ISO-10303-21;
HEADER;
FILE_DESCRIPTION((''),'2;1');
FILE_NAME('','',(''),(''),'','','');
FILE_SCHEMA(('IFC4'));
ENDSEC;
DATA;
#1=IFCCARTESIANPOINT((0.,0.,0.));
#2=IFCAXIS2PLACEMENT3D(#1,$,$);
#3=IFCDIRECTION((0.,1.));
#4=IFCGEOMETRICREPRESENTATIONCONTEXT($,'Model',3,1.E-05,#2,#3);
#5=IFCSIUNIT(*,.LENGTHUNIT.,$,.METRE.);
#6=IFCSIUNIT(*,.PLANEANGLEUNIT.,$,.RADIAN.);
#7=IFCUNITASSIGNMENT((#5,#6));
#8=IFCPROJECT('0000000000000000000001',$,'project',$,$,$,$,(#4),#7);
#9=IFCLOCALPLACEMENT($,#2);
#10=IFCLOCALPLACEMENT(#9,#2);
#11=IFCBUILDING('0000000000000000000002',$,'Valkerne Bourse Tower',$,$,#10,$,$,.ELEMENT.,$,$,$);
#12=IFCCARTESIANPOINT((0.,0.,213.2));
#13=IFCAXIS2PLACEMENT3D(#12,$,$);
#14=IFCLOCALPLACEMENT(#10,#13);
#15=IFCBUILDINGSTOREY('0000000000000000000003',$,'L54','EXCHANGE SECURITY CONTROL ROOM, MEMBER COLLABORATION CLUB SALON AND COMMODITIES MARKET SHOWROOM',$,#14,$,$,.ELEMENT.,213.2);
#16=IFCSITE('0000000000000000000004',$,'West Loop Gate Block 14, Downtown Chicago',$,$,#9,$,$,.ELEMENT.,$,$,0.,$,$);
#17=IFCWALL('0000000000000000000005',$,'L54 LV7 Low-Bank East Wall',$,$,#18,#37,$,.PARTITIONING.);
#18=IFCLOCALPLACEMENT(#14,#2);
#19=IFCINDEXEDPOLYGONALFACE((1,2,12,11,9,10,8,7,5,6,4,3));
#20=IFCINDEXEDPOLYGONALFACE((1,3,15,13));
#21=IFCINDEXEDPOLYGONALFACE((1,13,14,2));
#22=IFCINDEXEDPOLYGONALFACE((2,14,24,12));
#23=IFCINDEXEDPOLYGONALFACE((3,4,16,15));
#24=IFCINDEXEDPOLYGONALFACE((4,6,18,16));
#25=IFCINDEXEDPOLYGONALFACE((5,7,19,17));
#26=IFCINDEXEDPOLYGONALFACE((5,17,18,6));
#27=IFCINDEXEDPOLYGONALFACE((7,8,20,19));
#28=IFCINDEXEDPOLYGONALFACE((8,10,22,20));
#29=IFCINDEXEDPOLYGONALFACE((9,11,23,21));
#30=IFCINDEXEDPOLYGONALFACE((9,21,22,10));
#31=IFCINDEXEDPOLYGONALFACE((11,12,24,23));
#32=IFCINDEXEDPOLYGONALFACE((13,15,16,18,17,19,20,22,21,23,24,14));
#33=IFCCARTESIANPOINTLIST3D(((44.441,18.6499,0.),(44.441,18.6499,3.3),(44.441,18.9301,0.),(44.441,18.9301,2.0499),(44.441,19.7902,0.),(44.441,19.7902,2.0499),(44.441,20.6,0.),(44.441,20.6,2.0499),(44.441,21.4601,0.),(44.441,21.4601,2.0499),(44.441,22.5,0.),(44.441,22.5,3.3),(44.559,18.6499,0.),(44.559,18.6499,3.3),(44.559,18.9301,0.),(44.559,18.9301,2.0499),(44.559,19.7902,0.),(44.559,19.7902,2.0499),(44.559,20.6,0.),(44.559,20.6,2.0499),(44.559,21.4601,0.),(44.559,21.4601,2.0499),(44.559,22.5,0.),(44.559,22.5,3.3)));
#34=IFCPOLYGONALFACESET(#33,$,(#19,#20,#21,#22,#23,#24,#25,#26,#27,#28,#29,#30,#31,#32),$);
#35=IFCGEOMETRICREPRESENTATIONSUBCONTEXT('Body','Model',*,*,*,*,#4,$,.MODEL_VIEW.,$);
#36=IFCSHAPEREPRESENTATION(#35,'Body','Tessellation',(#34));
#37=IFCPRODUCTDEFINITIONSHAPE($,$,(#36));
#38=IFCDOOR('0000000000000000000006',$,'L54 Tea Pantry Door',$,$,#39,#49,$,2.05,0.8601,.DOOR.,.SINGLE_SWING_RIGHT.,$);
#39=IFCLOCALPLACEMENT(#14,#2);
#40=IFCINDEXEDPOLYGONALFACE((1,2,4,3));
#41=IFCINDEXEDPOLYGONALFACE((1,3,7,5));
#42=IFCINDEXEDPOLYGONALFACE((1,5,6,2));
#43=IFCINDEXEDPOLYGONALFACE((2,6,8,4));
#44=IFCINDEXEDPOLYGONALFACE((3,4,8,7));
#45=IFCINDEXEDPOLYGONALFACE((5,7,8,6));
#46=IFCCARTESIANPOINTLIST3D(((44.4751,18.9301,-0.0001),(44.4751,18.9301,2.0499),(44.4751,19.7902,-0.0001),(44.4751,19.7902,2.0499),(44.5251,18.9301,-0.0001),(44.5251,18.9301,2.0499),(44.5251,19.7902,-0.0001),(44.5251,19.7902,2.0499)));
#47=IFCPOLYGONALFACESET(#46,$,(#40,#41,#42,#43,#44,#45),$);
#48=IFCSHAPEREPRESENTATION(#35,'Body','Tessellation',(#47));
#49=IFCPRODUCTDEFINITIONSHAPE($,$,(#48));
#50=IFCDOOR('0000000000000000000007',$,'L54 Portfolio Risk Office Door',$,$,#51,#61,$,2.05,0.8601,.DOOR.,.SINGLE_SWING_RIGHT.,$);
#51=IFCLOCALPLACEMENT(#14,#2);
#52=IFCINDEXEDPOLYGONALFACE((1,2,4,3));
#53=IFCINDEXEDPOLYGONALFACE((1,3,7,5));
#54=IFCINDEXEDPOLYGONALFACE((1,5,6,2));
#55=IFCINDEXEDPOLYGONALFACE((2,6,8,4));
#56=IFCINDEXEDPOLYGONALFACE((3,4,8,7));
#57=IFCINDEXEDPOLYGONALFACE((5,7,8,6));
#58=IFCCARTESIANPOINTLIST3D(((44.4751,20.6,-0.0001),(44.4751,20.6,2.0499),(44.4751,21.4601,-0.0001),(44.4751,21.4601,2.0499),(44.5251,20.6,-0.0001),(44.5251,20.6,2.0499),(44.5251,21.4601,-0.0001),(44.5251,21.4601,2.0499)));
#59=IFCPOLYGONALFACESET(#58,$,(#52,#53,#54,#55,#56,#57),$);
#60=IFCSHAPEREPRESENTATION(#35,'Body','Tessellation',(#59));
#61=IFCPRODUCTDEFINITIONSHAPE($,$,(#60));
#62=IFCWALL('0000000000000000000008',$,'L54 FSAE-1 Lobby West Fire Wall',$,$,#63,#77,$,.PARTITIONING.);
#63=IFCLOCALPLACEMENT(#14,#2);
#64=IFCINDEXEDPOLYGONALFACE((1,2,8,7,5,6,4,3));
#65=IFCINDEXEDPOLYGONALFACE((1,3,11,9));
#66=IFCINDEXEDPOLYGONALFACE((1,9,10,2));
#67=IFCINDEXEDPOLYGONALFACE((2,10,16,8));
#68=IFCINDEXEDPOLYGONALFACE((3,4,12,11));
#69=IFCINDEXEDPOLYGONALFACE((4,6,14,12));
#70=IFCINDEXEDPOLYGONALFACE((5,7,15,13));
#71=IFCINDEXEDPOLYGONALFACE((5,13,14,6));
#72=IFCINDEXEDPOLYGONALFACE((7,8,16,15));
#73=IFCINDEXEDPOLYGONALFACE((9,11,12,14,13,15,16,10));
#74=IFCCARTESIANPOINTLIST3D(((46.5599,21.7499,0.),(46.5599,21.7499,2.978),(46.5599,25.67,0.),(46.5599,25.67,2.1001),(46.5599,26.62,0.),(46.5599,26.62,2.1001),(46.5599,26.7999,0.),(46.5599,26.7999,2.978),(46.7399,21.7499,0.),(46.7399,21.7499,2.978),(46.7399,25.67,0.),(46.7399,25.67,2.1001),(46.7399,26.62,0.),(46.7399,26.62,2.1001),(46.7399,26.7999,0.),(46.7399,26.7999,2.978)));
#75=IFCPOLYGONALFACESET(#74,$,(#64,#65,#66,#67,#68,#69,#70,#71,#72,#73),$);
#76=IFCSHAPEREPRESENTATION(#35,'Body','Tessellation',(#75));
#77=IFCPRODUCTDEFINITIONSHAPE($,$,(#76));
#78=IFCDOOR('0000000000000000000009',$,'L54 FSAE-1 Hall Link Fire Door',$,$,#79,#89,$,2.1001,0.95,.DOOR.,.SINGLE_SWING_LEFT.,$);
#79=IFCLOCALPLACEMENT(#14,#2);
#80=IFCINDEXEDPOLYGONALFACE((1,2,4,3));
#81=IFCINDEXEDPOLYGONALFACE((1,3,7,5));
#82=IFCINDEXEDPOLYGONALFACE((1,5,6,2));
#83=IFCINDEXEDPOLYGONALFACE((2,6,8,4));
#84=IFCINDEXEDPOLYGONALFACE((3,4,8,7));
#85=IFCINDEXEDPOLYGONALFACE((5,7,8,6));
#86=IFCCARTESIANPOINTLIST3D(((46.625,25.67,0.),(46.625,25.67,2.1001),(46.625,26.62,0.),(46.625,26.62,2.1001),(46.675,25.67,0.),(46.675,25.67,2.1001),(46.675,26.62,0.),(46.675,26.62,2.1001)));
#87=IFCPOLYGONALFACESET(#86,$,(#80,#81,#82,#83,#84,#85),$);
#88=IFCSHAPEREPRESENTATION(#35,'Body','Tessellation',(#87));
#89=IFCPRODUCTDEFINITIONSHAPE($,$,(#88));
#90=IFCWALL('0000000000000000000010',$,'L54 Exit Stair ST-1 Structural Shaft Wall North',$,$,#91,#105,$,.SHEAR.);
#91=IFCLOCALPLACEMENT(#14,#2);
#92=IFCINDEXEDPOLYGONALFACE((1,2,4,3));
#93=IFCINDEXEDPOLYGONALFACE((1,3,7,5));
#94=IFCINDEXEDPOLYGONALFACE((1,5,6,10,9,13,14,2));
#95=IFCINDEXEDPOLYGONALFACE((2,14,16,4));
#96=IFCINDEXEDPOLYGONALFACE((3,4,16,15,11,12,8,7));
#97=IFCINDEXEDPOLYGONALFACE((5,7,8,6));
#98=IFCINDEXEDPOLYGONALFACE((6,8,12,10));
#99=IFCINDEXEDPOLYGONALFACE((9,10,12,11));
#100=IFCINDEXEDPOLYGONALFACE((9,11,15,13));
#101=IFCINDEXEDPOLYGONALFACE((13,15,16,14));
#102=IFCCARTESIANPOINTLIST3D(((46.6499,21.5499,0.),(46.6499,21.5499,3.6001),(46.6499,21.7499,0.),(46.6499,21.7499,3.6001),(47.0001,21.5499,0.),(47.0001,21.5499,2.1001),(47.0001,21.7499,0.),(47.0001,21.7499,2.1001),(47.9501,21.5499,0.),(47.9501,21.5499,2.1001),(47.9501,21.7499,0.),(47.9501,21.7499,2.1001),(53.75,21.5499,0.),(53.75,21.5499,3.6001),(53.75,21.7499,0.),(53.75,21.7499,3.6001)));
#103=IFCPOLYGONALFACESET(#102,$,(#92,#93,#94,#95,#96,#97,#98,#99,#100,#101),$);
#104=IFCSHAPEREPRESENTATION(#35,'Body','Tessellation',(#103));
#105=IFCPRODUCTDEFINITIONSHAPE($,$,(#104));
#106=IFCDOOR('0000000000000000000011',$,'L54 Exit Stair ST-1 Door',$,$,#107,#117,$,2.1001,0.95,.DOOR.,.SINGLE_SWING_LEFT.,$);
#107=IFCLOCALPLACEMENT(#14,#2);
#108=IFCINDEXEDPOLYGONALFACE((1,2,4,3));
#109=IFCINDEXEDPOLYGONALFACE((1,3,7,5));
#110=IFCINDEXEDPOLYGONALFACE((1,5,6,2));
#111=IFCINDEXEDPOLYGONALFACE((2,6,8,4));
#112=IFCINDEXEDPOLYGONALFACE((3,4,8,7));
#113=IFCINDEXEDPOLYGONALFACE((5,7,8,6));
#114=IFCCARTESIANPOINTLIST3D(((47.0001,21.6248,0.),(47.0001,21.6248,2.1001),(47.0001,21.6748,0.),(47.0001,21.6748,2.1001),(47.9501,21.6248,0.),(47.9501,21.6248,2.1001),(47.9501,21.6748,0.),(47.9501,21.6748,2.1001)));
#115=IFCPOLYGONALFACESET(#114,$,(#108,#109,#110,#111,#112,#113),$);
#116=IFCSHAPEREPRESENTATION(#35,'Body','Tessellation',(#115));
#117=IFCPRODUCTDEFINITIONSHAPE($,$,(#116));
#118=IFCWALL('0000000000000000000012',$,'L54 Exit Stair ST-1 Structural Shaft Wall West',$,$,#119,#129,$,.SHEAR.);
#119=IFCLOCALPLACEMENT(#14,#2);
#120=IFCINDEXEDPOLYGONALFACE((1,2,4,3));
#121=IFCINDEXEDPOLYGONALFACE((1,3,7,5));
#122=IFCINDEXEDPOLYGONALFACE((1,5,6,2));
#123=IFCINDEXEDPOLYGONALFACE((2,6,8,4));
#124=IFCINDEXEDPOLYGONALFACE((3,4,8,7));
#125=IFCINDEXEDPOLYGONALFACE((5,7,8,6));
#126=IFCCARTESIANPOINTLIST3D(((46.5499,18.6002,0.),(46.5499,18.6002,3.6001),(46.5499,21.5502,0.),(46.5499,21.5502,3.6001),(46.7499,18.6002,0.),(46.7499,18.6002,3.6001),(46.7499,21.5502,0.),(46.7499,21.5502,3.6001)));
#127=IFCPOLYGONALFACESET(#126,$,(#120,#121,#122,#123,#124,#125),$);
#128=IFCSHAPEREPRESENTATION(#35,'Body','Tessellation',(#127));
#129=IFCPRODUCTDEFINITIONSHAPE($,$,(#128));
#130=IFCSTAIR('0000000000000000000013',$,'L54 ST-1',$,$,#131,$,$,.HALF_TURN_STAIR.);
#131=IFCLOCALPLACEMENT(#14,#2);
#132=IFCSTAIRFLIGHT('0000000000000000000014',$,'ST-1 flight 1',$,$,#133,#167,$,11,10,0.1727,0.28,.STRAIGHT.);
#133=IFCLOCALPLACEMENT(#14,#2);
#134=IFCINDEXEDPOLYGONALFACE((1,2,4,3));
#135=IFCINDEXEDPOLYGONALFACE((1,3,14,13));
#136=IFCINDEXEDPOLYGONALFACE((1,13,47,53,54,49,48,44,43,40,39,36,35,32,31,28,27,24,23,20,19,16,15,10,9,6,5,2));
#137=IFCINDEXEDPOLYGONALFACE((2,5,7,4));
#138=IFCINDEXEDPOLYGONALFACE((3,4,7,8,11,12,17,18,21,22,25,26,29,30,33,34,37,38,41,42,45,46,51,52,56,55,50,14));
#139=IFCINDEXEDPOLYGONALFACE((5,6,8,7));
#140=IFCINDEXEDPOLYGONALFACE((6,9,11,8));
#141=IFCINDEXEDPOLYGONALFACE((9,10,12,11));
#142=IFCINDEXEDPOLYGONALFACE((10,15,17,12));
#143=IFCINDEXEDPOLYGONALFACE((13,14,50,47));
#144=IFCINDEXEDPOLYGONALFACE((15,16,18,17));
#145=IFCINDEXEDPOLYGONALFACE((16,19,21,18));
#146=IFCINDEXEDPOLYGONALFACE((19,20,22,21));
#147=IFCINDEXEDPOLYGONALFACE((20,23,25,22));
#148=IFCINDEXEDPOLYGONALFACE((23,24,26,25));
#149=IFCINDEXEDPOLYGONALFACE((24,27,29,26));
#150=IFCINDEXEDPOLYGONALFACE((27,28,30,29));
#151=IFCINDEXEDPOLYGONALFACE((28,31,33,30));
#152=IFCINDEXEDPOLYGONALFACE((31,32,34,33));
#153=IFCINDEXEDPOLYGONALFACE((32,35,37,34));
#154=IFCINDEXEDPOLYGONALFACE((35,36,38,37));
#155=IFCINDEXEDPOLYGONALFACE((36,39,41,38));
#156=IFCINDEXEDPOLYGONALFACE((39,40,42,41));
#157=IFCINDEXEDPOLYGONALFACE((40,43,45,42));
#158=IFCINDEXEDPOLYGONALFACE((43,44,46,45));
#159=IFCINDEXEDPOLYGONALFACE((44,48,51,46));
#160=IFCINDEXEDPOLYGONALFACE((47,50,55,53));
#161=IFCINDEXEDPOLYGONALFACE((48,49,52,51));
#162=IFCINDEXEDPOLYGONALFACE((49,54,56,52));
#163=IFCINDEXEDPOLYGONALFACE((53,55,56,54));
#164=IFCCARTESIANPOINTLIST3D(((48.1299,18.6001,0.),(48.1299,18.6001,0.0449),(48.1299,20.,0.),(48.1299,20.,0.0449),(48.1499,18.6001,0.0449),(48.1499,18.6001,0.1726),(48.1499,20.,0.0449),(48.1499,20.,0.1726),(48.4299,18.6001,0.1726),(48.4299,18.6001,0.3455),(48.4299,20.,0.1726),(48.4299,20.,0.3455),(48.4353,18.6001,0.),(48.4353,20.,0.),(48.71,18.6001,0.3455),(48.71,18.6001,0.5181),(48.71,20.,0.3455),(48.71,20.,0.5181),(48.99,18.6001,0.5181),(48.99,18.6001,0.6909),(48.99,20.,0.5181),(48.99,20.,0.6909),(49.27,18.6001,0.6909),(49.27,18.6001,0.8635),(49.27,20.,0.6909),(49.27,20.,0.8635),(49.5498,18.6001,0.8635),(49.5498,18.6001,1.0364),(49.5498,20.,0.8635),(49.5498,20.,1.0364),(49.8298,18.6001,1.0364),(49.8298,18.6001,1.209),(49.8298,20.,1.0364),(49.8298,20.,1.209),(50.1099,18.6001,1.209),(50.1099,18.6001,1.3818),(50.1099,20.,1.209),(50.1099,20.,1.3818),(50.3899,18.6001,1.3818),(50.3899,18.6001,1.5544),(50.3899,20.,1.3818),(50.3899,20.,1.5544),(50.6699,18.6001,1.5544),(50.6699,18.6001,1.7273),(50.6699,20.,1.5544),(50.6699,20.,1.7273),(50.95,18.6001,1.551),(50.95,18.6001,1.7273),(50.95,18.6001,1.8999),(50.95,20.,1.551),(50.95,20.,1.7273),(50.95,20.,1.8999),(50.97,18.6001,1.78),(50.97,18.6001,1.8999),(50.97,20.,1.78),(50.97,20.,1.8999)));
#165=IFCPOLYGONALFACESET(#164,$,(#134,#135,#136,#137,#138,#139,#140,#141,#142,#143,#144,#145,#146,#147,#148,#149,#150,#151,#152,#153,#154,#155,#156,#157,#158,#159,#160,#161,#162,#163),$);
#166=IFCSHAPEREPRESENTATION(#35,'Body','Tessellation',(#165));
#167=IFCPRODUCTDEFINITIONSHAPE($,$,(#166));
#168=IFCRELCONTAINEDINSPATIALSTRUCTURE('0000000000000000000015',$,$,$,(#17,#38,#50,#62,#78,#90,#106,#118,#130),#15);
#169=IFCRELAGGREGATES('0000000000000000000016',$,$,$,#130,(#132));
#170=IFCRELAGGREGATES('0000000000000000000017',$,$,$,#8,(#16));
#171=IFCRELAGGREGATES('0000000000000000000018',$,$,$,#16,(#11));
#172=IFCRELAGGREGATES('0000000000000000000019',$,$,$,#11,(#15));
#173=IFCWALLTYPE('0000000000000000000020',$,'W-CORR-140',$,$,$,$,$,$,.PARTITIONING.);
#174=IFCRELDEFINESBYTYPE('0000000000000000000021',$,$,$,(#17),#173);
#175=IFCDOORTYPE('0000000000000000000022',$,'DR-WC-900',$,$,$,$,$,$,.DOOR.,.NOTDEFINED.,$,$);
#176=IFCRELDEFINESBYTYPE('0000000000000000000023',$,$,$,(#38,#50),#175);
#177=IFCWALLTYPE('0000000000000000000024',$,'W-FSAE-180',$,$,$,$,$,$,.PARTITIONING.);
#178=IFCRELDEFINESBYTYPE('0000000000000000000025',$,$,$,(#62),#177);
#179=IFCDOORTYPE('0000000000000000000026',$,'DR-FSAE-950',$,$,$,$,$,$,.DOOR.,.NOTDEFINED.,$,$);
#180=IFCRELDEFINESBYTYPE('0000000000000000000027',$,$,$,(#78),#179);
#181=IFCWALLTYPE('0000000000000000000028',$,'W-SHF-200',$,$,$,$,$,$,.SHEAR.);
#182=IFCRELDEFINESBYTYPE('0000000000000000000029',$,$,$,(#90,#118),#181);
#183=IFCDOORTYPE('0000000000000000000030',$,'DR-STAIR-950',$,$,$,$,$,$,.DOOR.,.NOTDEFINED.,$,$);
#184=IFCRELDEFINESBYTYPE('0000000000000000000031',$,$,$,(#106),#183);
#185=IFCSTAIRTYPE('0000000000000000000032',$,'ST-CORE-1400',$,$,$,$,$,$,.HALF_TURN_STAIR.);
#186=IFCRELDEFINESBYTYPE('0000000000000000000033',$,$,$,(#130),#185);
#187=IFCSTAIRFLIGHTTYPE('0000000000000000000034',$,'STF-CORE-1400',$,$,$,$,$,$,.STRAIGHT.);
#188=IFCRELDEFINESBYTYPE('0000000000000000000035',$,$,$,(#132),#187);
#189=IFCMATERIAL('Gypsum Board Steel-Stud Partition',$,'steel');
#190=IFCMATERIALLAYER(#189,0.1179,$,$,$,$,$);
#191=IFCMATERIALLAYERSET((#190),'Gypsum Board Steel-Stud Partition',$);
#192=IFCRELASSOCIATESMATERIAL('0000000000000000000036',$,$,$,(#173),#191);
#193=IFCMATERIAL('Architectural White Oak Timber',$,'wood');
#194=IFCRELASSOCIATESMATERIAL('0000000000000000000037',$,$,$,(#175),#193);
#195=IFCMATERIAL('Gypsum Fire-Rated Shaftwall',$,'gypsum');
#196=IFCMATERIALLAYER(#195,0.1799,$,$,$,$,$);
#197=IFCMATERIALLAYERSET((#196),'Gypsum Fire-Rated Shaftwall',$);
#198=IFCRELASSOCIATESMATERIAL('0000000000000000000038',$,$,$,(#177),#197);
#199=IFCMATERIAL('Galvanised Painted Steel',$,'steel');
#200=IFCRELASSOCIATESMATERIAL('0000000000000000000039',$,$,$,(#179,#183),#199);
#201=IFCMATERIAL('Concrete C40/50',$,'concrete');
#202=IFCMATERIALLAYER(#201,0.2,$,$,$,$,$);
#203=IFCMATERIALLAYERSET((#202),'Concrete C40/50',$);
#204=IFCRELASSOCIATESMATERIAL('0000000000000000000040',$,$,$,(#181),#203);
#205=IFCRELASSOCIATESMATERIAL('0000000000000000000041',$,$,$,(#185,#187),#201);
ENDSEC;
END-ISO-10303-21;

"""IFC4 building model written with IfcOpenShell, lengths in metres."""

from ifc_helpers import new_model, si_unit, direction, frame, frame_2d, origin, place, context, subcontext, project, spatial, polyline, rectangle, outline, extrude, material, layer, layer_set, type_object, element, fill, aggregate, save


model = new_model("IFC4")

# Units and contexts
model_context = context("Model", 3, precision=1e-05, world=origin(), true_north=direction((0.0, 1.0)))
body_context = subcontext(model_context, "Body", "Model", "MODEL_VIEW")
ifc_project = project(units=[si_unit("LENGTHUNIT", "METRE"), si_unit("PLANEANGLEUNIT", "RADIAN")], contexts=[model_context])

# Site, building, storey
site_placement = place(None, origin())
site = spatial("IfcSite", under=ifc_project, at=site_placement, Name="West Loop Gate Block 14, Downtown Chicago", CompositionType="ELEMENT", RefElevation=0.0)
building_placement = place(site_placement, origin())
building = spatial("IfcBuilding", under=site, at=building_placement, Name="Valkerne Bourse Tower", CompositionType="ELEMENT")
storey_placement = place(building_placement, frame((0.0, 0.0, 213.2)))
storey = spatial("IfcBuildingStorey", under=building, at=storey_placement, Name="L54", Description="EXCHANGE SECURITY CONTROL ROOM, MEMBER COLLABORATION CLUB SALON AND COMMODITIES MARKET SHOWROOM", CompositionType="ELEMENT", Elevation=213.2)

# Wall, openings, doors
ifc_material_1 = material(Name="Gypsum Board Steel-Stud Partition", Category="steel")
ifc_layer_1 = layer(ifc_material_1, 0.1179)
ifc_layer_set_1 = layer_set([ifc_layer_1], Name="Gypsum Board Steel-Stud Partition")
wall_type_1 = type_object("IfcWallType", Name="W-CORR-140", PredefinedType="PARTITIONING", material=ifc_layer_set_1)
wall_1_placement = place(storey_placement, frame((44.5, 18.6499, 0.0), z_axis=(0.0, 0.0, 1.0), x_axis=(0.0, 1.0, 0.0)))
wall_1 = element("IfcWall", 1, at=wall_1_placement, inside=storey, type_object=wall_type_1, Name="L54 LV7 Low-Bank East Wall", PredefinedType="PARTITIONING", context=body_context, shape_type="SweptSolid", body=[
    extrude(rectangle(XDim=3.8501, YDim=0.1179, at=frame_2d((1.925, 0.0))), origin(), (0.0, 0.0, 1.0), 3.3),
])
opening_1_placement = place(wall_1_placement, frame((0.28, 0.0, 0.0)))
opening_1 = element("IfcOpeningElement", 2, at=opening_1_placement, cuts=wall_1, PredefinedType="OPENING", context=body_context, shape_type="SweptSolid", body=[
    extrude(rectangle(XDim=0.8601, YDim=2.05, at=frame_2d((0.4302, 1.0249))), frame((0.0, 0.0688, 0.0), z_axis=(0.0, -1.0, 0.0), x_axis=(1.0, 0.0, 0.0)), (0.0, 0.0, 1.0), 0.1379),
])
opening_2_placement = place(wall_1_placement, frame((1.95, 0.0, 0.0)))
opening_2 = element("IfcOpeningElement", 3, at=opening_2_placement, cuts=wall_1, PredefinedType="OPENING", context=body_context, shape_type="SweptSolid", body=[
    extrude(rectangle(XDim=0.8601, YDim=2.05, at=frame_2d((0.4302, 1.0249))), frame((0.0, 0.0688, 0.0), z_axis=(0.0, -1.0, 0.0), x_axis=(1.0, 0.0, 0.0)), (0.0, 0.0, 1.0), 0.1379),
])
ifc_material_2 = material(Name="Architectural White Oak Timber", Category="wood")
door_type_1 = type_object("IfcDoorType", Name="DR-WC-900", OperationType="NOTDEFINED", PredefinedType="DOOR", material=ifc_material_2)
door_1_placement = place(opening_1_placement, origin())
door_1 = element("IfcDoor", 4, at=door_1_placement, inside=storey, type_object=door_type_1, Name="L54 Tea Pantry Door", OperationType="SINGLE_SWING_RIGHT", OverallHeight=2.05, OverallWidth=0.8601, PredefinedType="DOOR", context=body_context, shape_type="SweptSolid", body=[
    extrude(rectangle(XDim=0.8601, YDim=2.05, at=frame_2d((0.4302, 1.0249))), frame((0.0, 0.0249, 0.0), z_axis=(0.0, -1.0, 0.0), x_axis=(1.0, 0.0, 0.0)), (0.0, 0.0, 1.0), 0.05),
])
fill(opening_1, door_1)
door_2_placement = place(opening_2_placement, origin())
door_2 = element("IfcDoor", 5, at=door_2_placement, inside=storey, type_object=door_type_1, Name="L54 Portfolio Risk Office Door", OperationType="SINGLE_SWING_RIGHT", OverallHeight=2.05, OverallWidth=0.8601, PredefinedType="DOOR", context=body_context, shape_type="SweptSolid", body=[
    extrude(rectangle(XDim=0.8601, YDim=2.05, at=frame_2d((0.4302, 1.0249))), frame((0.0, 0.0249, 0.0), z_axis=(0.0, -1.0, 0.0), x_axis=(1.0, 0.0, 0.0)), (0.0, 0.0, 1.0), 0.05),
])
fill(opening_2, door_2)

# Wall, opening, door
ifc_material_3 = material(Name="Gypsum Fire-Rated Shaftwall", Category="gypsum")
ifc_layer_2 = layer(ifc_material_3, 0.1799)
ifc_layer_set_2 = layer_set([ifc_layer_2], Name="Gypsum Fire-Rated Shaftwall")
wall_type_2 = type_object("IfcWallType", Name="W-FSAE-180", PredefinedType="PARTITIONING", material=ifc_layer_set_2)
wall_2_placement = place(storey_placement, frame((46.6499, 21.75, 0.0), z_axis=(0.0, 0.0, 1.0), x_axis=(0.0, 1.0, 0.0)))
wall_2 = element("IfcWall", 6, at=wall_2_placement, inside=storey, type_object=wall_type_2, Name="L54 FSAE-1 Lobby West Fire Wall", PredefinedType="PARTITIONING", context=body_context, shape_type="SweptSolid", body=[
    extrude(rectangle(XDim=5.05, YDim=0.1799, at=frame_2d((2.5249, 0.0))), origin(), (0.0, 0.0, 1.0), 2.978),
])
opening_3_placement = place(wall_2_placement, frame((3.9199, 0.0, 0.0)))
opening_3 = element("IfcOpeningElement", 7, at=opening_3_placement, cuts=wall_2, PredefinedType="OPENING", context=body_context, shape_type="SweptSolid", body=[
    extrude(rectangle(XDim=0.95, YDim=2.1001, at=frame_2d((0.4751, 1.05))), frame((0.0, 0.0999, 0.0), z_axis=(0.0, -1.0, 0.0), x_axis=(1.0, 0.0, 0.0)), (0.0, 0.0, 1.0), 0.2),
])
ifc_material_4 = material(Name="Galvanised Painted Steel", Category="steel")
door_type_2 = type_object("IfcDoorType", Name="DR-FSAE-950", OperationType="NOTDEFINED", PredefinedType="DOOR", material=ifc_material_4)
door_3_placement = place(opening_3_placement, origin())
door_3 = element("IfcDoor", 8, at=door_3_placement, inside=storey, type_object=door_type_2, Name="L54 FSAE-1 Hall Link Fire Door", OperationType="SINGLE_SWING_LEFT", OverallHeight=2.1001, OverallWidth=0.95, PredefinedType="DOOR", context=body_context, shape_type="SweptSolid", body=[
    extrude(rectangle(XDim=0.95, YDim=2.1001, at=frame_2d((0.4751, 1.05))), frame((0.0, 0.0249, 0.0), z_axis=(0.0, -1.0, 0.0), x_axis=(1.0, 0.0, 0.0)), (0.0, 0.0, 1.0), 0.05),
])
fill(opening_3, door_3)

# Wall, opening, door
ifc_material_5 = material(Name="Concrete C40/50", Category="concrete")
ifc_layer_3 = layer(ifc_material_5, 0.2)
ifc_layer_set_3 = layer_set([ifc_layer_3], Name="Concrete C40/50")
wall_type_3 = type_object("IfcWallType", Name="W-SHF-200", PredefinedType="SHEAR", material=ifc_layer_set_3)
wall_3_placement = place(storey_placement, frame((46.6499, 21.6499, 0.0), z_axis=(0.0, 0.0, 1.0), x_axis=(1.0, 0.0, 0.0)))
wall_3 = element("IfcWall", 9, at=wall_3_placement, inside=storey, type_object=wall_type_3, Name="L54 Exit Stair ST-1 Structural Shaft Wall North", PredefinedType="SHEAR", context=body_context, shape_type="SweptSolid", body=[
    extrude(rectangle(XDim=7.1001, YDim=0.2, at=frame_2d((3.55, 0.0))), origin(), (0.0, 0.0, 1.0), 3.6001),
])
opening_4_placement = place(wall_3_placement, frame((0.3501, 0.0, 0.0)))
opening_4 = element("IfcOpeningElement", 10, at=opening_4_placement, cuts=wall_3, PredefinedType="OPENING", context=body_context, shape_type="SweptSolid", body=[
    extrude(rectangle(XDim=0.95, YDim=2.1001, at=frame_2d((0.4751, 1.05))), frame((0.0, 0.1099, 0.0), z_axis=(0.0, -1.0, 0.0), x_axis=(1.0, 0.0, 0.0)), (0.0, 0.0, 1.0), 0.22),
])
door_type_3 = type_object("IfcDoorType", Name="DR-STAIR-950", OperationType="NOTDEFINED", PredefinedType="DOOR", material=ifc_material_4)
door_4_placement = place(opening_4_placement, origin())
door_4 = element("IfcDoor", 11, at=door_4_placement, inside=storey, type_object=door_type_3, Name="L54 Exit Stair ST-1 Door", OperationType="SINGLE_SWING_LEFT", OverallHeight=2.1001, OverallWidth=0.95, PredefinedType="DOOR", context=body_context, shape_type="SweptSolid", body=[
    extrude(rectangle(XDim=0.95, YDim=2.1001, at=frame_2d((0.4751, 1.05))), frame((0.0, 0.0249, 0.0), z_axis=(0.0, -1.0, 0.0), x_axis=(1.0, 0.0, 0.0)), (0.0, 0.0, 1.0), 0.05),
])
fill(opening_4, door_4)

# Wall
wall_4_placement = place(storey_placement, frame((46.6499, 18.6001, 0.0), z_axis=(0.0, 0.0, 1.0), x_axis=(0.0, 1.0, 0.0)))
element("IfcWall", 12, at=wall_4_placement, inside=storey, type_object=wall_type_3, Name="L54 Exit Stair ST-1 Structural Shaft Wall West", PredefinedType="SHEAR", context=body_context, shape_type="SweptSolid", body=[
    extrude(rectangle(XDim=2.95, YDim=0.2, at=frame_2d((1.4751, 0.0))), origin(), (0.0, 0.0, 1.0), 3.6001),
])

# Stair, stair flight
stair_type = type_object("IfcStairType", Name="ST-CORE-1400", PredefinedType="HALF_TURN_STAIR", material=ifc_material_5)
stair_placement = place(storey_placement, origin())
stair = element("IfcStair", 13, at=stair_placement, inside=storey, type_object=stair_type, Name="L54 ST-1", PredefinedType="HALF_TURN_STAIR")
stair_flight_type = type_object("IfcStairFlightType", Name="STF-CORE-1400", PredefinedType="STRAIGHT", material=ifc_material_5)
stair_flight_1_placement = place(storey_placement, frame((48.1499, 19.3, 0.0), z_axis=(0.0, 0.0, 1.0), x_axis=(1.0, 0.0, 0.0)))
stair_flight_1 = element("IfcStairFlight", 14, at=stair_flight_1_placement, type_object=stair_flight_type, Name="ST-1 flight 1", NumberOfRisers=11, NumberOfTreads=10, PredefinedType="STRAIGHT", RiserHeight=0.1727, TreadLength=0.28, context=body_context, shape_type="SweptSolid", body=[
    extrude(outline(polyline([(-0.02, 0.0), (-0.02, 0.0449), (0.0, 0.0449), (0.0, 0.1726), (0.28, 0.1726), (0.28, 0.3455), (0.5601, 0.3455), (0.5601, 0.5181), (0.8401, 0.5181), (0.8401, 0.6909), (1.1201, 0.6909), (1.1201, 0.8635), (1.3999, 0.8635), (1.3999, 1.0364), (1.6799, 1.0364), (1.6799, 1.209), (1.96, 1.209), (1.96, 1.3818), (2.24, 1.3818), (2.24, 1.5544), (2.52, 1.5544), (2.52, 1.7273), (2.8, 1.7273), (2.8, 1.8999), (2.8201, 1.8999), (2.8201, 1.78), (2.8, 1.551), (0.2854, 0.0), (-0.02, 0.0)])), frame((0.0, 0.7, 0.0), z_axis=(0.0, -1.0, 0.0), x_axis=(1.0, 0.0, 0.0)), (0.0, 0.0, 1.0), 1.3999),
])
aggregate(stair, [stair_flight_1])

save(model, "model.ifc")
